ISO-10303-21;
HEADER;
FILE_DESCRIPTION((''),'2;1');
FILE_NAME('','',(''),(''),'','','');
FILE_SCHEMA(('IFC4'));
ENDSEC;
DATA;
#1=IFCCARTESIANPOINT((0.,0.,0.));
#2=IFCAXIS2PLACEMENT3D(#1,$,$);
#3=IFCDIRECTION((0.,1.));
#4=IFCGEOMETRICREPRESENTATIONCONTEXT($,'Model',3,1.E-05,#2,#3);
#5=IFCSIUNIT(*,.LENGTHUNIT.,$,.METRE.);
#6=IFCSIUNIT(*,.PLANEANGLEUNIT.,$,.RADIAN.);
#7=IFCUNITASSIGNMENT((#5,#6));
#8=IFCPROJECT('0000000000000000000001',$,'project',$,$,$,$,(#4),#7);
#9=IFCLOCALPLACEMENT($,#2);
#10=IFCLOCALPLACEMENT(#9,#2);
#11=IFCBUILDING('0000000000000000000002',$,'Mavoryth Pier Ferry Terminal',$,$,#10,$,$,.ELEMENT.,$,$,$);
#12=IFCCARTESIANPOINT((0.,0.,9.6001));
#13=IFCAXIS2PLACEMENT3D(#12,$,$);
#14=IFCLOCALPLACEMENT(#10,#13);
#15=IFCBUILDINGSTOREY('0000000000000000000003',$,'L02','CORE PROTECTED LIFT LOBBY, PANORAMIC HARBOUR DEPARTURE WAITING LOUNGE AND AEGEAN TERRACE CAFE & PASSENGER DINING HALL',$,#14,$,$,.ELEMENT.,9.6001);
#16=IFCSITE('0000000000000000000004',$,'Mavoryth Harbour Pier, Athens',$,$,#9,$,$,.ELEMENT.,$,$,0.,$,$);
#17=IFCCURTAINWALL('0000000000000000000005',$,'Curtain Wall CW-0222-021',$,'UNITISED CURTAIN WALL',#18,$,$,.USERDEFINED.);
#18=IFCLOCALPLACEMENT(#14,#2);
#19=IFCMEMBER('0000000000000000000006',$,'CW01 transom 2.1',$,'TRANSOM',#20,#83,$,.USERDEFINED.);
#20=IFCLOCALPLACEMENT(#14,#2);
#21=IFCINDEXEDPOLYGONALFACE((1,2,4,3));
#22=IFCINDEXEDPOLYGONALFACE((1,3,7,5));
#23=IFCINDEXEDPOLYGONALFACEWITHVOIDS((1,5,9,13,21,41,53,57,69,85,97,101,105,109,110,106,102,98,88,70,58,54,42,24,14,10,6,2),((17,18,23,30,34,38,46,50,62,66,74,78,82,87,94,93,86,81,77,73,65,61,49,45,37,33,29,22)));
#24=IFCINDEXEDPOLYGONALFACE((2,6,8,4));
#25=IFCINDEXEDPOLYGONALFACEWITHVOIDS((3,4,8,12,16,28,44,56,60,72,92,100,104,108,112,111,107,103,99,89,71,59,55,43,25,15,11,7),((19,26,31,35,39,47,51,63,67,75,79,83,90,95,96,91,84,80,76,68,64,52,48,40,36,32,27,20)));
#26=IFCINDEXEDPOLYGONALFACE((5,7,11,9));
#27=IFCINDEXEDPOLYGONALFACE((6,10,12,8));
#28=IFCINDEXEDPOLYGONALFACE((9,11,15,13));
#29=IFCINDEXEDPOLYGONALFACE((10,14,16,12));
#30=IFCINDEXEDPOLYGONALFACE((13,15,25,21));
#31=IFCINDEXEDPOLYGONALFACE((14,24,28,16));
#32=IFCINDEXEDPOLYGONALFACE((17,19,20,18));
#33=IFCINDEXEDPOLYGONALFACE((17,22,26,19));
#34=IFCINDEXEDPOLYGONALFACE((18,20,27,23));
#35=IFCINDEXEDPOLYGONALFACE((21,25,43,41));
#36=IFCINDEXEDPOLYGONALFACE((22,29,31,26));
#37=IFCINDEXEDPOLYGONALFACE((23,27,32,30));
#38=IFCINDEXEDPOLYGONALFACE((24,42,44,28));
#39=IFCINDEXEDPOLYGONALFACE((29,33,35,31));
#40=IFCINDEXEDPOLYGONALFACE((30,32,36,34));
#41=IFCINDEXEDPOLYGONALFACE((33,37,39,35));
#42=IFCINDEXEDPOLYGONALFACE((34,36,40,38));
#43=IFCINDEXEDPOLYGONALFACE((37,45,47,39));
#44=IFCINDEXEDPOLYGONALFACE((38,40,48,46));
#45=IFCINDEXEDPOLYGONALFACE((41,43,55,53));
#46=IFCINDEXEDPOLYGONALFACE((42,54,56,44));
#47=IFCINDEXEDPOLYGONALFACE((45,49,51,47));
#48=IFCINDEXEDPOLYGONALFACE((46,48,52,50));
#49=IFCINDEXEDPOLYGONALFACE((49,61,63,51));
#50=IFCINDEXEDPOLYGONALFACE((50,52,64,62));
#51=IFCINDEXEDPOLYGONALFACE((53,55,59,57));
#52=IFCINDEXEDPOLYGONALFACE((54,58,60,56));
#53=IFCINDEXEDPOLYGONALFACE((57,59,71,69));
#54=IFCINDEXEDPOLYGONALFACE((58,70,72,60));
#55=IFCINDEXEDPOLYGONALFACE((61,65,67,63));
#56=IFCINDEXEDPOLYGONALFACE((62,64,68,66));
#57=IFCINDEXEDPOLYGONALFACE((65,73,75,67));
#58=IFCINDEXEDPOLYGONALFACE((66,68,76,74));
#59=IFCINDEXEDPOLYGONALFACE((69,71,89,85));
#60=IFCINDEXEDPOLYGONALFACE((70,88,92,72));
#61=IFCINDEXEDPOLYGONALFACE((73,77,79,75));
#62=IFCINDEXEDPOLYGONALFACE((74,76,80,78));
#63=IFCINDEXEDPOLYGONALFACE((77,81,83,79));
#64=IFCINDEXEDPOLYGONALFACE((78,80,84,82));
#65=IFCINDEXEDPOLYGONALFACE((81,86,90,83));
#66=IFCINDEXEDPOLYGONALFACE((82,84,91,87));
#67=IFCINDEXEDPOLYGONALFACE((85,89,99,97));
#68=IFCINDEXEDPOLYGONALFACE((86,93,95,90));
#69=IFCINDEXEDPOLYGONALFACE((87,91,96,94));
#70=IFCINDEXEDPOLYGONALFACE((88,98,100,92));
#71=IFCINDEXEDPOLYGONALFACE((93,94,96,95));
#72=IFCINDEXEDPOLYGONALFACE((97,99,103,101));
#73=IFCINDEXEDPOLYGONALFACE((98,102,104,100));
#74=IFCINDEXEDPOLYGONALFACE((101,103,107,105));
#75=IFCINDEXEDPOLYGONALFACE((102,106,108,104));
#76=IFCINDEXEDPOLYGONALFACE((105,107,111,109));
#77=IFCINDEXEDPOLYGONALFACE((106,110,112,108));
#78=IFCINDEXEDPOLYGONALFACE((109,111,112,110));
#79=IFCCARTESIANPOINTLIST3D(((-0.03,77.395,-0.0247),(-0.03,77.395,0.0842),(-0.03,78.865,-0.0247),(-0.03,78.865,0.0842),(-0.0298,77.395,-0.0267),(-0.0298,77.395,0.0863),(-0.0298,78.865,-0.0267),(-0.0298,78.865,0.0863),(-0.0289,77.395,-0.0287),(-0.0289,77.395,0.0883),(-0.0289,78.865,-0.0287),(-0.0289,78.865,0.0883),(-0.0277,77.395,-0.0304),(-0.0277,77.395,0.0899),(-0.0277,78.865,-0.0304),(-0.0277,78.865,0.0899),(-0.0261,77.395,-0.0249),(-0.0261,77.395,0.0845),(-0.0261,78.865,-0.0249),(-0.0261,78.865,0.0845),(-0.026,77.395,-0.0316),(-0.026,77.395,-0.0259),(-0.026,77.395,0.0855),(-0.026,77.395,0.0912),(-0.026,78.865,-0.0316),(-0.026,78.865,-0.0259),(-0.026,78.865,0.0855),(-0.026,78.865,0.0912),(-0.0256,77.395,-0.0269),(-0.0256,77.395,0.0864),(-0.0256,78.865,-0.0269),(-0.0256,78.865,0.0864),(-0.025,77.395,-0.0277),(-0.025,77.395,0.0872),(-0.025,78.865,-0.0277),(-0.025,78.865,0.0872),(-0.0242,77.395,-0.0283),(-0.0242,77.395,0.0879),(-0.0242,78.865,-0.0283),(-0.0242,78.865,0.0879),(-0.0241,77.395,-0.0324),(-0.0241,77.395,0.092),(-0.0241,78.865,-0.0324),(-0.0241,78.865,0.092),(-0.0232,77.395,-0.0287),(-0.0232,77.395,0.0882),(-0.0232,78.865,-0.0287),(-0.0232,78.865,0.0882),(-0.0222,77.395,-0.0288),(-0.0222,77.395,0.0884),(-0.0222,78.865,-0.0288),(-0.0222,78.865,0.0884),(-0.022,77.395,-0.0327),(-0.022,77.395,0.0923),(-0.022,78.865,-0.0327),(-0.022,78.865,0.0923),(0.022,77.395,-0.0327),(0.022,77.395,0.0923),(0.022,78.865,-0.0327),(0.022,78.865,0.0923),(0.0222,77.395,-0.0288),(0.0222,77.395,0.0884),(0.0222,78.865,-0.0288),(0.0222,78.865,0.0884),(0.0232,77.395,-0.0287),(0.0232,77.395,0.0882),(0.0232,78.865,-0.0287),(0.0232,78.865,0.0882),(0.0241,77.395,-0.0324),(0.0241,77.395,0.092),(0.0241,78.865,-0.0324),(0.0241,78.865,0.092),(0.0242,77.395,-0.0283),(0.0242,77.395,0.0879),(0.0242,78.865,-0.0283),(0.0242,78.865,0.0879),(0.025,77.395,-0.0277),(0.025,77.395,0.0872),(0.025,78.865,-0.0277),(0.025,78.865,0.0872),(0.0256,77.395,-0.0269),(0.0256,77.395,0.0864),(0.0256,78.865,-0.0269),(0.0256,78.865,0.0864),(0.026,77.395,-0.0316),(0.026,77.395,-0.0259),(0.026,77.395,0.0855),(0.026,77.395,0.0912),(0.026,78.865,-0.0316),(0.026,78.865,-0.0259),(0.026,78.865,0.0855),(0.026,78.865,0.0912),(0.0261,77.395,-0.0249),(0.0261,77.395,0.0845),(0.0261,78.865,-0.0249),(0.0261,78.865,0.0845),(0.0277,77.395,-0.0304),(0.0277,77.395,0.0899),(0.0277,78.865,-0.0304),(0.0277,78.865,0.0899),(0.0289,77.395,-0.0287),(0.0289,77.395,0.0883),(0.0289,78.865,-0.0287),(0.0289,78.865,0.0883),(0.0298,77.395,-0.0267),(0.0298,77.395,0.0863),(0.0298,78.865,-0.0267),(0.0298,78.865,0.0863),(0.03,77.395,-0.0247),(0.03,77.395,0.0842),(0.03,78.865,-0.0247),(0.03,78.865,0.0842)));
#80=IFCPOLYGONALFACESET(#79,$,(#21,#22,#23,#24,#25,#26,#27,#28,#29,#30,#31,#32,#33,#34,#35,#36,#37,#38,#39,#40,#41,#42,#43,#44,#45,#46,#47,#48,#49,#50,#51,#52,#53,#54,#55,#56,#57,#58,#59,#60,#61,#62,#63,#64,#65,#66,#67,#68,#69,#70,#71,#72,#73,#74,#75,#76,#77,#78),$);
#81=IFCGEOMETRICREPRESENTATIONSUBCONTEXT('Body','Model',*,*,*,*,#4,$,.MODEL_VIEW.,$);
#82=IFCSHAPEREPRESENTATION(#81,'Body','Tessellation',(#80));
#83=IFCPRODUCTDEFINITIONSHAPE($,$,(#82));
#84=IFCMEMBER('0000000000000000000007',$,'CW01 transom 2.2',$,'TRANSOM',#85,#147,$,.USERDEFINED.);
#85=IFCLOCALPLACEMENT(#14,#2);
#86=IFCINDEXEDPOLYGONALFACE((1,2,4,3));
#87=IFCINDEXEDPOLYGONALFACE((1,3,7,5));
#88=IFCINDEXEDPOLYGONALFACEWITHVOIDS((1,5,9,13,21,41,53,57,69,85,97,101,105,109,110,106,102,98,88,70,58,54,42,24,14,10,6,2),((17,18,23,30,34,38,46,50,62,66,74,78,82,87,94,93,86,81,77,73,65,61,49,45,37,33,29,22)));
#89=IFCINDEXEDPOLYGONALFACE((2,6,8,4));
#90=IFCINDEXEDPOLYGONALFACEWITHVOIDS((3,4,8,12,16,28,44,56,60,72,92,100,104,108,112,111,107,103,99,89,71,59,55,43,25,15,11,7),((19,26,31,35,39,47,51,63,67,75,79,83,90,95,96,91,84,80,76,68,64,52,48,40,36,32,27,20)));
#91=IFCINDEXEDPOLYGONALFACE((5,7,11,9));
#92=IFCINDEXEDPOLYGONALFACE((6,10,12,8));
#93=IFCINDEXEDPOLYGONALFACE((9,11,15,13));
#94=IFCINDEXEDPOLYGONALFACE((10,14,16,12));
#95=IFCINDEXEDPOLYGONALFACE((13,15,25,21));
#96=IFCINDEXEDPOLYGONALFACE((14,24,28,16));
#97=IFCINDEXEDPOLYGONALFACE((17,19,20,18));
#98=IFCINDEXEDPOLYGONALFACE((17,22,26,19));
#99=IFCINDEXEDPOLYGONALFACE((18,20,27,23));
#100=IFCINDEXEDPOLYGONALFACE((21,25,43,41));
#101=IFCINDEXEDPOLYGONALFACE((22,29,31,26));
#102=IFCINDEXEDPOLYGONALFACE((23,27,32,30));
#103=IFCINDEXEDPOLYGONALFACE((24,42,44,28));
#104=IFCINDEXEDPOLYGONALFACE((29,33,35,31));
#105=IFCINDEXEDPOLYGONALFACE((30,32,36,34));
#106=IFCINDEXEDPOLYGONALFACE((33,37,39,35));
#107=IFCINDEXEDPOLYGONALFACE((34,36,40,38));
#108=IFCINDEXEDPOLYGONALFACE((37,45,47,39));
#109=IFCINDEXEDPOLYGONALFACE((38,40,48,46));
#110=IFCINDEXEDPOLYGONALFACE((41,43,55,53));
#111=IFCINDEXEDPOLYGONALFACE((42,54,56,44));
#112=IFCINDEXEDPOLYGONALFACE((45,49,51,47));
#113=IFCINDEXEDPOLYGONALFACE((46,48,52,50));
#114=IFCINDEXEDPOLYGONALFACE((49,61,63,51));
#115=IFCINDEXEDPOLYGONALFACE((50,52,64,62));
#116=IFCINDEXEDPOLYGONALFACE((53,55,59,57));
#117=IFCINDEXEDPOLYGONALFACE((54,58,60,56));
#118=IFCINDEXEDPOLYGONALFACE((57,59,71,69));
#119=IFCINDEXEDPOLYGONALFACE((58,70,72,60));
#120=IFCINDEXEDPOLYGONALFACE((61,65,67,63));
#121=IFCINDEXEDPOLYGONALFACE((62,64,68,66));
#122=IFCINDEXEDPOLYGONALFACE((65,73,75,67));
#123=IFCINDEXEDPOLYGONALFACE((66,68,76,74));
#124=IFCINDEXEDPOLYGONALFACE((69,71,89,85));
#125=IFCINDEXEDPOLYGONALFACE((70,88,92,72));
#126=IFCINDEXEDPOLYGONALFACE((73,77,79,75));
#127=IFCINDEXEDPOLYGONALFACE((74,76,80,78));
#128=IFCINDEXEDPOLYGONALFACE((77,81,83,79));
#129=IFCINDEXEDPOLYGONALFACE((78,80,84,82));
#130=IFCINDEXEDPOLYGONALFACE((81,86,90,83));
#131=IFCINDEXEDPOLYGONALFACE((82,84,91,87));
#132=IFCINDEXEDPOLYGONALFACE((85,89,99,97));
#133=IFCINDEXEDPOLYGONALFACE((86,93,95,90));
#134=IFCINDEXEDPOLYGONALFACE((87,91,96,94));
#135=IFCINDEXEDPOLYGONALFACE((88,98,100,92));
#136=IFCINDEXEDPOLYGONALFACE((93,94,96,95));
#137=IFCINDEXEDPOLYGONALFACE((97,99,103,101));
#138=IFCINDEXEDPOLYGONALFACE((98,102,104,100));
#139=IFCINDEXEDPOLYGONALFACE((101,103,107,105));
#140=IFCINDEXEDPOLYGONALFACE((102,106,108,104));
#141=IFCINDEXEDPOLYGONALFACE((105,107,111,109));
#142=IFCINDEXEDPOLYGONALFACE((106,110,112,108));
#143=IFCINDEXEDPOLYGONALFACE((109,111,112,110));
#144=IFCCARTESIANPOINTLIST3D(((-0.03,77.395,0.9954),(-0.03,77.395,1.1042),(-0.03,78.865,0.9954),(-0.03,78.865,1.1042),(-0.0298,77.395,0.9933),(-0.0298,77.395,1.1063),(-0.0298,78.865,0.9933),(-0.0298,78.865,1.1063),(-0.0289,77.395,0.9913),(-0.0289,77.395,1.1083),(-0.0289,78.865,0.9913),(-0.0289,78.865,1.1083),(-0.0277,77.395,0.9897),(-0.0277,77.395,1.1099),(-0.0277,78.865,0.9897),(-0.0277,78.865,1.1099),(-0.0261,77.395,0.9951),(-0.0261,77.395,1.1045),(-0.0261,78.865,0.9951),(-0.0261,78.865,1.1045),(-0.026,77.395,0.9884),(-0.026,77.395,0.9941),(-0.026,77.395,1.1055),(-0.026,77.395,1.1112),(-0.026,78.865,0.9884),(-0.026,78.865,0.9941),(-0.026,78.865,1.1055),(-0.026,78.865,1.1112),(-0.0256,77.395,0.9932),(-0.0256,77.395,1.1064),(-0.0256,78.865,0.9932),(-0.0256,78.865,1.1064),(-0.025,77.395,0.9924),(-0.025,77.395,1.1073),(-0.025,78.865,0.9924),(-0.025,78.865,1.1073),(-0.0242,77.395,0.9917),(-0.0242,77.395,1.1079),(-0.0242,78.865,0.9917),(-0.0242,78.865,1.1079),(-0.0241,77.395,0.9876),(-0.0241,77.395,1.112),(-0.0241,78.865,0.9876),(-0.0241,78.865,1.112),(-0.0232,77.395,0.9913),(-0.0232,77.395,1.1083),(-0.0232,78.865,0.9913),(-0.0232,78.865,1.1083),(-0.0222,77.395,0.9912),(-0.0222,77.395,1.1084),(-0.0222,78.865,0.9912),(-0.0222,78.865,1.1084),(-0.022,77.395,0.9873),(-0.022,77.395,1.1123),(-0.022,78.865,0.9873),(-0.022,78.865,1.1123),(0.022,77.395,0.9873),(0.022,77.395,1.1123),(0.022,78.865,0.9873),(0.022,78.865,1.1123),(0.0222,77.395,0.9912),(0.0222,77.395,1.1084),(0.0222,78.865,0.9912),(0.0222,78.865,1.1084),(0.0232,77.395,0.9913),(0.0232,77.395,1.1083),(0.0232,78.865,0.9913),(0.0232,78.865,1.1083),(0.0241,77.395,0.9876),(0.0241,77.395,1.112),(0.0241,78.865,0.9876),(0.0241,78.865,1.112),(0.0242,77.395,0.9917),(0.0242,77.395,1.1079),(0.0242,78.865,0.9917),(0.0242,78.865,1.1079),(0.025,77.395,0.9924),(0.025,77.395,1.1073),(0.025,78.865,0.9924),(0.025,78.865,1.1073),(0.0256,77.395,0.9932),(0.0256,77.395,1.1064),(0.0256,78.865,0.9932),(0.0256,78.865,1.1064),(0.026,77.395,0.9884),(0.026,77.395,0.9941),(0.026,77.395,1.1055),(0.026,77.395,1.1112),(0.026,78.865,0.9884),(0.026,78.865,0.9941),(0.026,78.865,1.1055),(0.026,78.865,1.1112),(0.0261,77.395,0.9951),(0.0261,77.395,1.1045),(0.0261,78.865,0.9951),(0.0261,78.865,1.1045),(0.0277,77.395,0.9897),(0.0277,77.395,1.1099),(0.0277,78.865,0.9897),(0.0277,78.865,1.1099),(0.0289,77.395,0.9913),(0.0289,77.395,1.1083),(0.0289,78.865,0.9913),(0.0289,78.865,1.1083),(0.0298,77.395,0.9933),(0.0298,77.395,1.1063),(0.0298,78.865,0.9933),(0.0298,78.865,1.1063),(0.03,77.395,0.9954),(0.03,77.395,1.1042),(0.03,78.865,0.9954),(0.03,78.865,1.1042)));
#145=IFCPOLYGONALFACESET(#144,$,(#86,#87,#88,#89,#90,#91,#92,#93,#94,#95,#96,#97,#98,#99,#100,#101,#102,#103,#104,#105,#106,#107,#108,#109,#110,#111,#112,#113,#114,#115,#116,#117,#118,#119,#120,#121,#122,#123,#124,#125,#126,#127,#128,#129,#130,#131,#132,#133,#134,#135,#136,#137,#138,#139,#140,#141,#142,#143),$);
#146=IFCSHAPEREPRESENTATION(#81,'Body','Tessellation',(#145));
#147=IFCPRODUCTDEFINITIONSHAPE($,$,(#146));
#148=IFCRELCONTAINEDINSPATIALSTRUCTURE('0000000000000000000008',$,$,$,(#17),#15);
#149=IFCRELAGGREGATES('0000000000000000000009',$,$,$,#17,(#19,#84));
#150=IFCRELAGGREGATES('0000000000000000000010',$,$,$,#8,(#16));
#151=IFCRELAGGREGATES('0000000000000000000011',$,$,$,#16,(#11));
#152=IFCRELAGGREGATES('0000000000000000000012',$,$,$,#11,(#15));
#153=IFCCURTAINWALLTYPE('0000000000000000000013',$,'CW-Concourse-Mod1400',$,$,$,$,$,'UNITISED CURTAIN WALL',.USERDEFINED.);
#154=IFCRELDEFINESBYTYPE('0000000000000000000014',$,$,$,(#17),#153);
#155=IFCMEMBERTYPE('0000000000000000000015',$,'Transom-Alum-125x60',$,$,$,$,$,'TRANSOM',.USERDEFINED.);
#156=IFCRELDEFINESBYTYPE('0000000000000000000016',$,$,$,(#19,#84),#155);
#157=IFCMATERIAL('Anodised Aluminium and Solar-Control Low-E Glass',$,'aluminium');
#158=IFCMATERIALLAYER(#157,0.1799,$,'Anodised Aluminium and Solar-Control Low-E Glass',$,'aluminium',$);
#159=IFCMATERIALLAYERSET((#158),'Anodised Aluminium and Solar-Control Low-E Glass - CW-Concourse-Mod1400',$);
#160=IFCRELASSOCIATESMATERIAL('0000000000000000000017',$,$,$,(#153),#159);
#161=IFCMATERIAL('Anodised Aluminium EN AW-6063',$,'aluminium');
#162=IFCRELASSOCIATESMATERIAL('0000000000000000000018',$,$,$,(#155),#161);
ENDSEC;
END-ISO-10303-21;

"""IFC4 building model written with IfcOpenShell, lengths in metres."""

from ifc_helpers import new_model, si_unit, direction, frame, origin, origin_2d, place, context, subcontext, project, spatial, hollow_rectangle, extrude, material, layer, layer_set, material_profile, profile_set, type_object, element, aggregate, save


model = new_model("IFC4")

# Units and contexts
model_context = context("Model", 3, precision=1e-05, world=origin(), true_north=direction((0.0, 1.0)))
body_context = subcontext(model_context, "Body", "Model", "MODEL_VIEW")
ifc_project = project(units=[si_unit("LENGTHUNIT", "METRE"), si_unit("PLANEANGLEUNIT", "RADIAN")], contexts=[model_context])

# Site, building, storey
site_placement = place(None, origin())
site = spatial("IfcSite", under=ifc_project, at=site_placement, Name="Mavoryth Harbour Pier, Athens", CompositionType="ELEMENT", RefElevation=0.0)
building_placement = place(site_placement, origin())
building = spatial("IfcBuilding", under=site, at=building_placement, Name="Mavoryth Pier Ferry Terminal", CompositionType="ELEMENT")
storey_placement = place(building_placement, frame((0.0, 0.0, 9.6001)))
storey = spatial("IfcBuildingStorey", under=building, at=storey_placement, Name="L02", Description="CORE PROTECTED LIFT LOBBY, PANORAMIC HARBOUR DEPARTURE WAITING LOUNGE AND AEGEAN TERRACE CAFE & PASSENGER DINING HALL", CompositionType="ELEMENT", Elevation=9.6001)

# Curtain wall
ifc_material_1 = material(Name="Anodised Aluminium and Solar-Control Low-E Glass", Category="aluminium")
ifc_layer_1 = layer(ifc_material_1, 0.1799, Name="Anodised Aluminium and Solar-Control Low-E Glass", Category="aluminium")
ifc_layer_set_1 = layer_set([ifc_layer_1], Name="Anodised Aluminium and Solar-Control Low-E Glass - CW-Concourse-Mod1400")
curtain_wall_type = type_object("IfcCurtainWallType", Name="CW-Concourse-Mod1400", ElementType="UNITISED CURTAIN WALL", PredefinedType="USERDEFINED", material=ifc_layer_set_1)
curtain_wall_placement = place(storey_placement, origin())
curtain_wall = element("IfcCurtainWall", 1, at=curtain_wall_placement, inside=storey, type_object=curtain_wall_type, Name="Curtain Wall CW-0222-021", ObjectType="UNITISED CURTAIN WALL", PredefinedType="USERDEFINED")
ifc_material_2 = material(Name="Anodised Aluminium EN AW-6063", Category="aluminium")

# Members
ifc_material_profile_1 = material_profile(ifc_material_2, hollow_rectangle(XDim=0.0601, YDim=0.125, WallThickness=0.0039, InnerFilletRadius=0.0039, OuterFilletRadius=0.0081, at=origin_2d()), Name="AL-TRAN 125x60x4", Category="aluminium")
ifc_profile_set_1 = profile_set([ifc_material_profile_1], Name="Anodised Aluminium EN AW-6063 - AL-TRAN 125x60x4")
member_type_1 = type_object("IfcMemberType", Name="Transom-Alum-125x60", ElementType="TRANSOM", PredefinedType="USERDEFINED", material=ifc_profile_set_1)
member_1_placement = place(storey_placement, frame((0.0, 78.865, 0.0298), z_axis=(0.0, -1.0, 0.0), x_axis=(1.0, 0.0, 0.0)))
member_1 = element("IfcMember", 2, at=member_1_placement, type_object=member_type_1, Name="CW01 transom 2.1", ObjectType="TRANSOM", PredefinedType="USERDEFINED", context=body_context, shape_type="SweptSolid", body=[
    extrude(hollow_rectangle(XDim=0.0601, YDim=0.125, WallThickness=0.0039, InnerFilletRadius=0.0039, OuterFilletRadius=0.0081, at=origin_2d()), origin(), (0.0, 0.0, 1.0), 1.47),
])
member_2_placement = place(storey_placement, frame((0.0, 78.865, 1.0498), z_axis=(0.0, -1.0, 0.0), x_axis=(1.0, 0.0, 0.0)))
member_2 = element("IfcMember", 3, at=member_2_placement, type_object=member_type_1, Name="CW01 transom 2.2", ObjectType="TRANSOM", PredefinedType="USERDEFINED", context=body_context, shape_type="SweptSolid", body=[
    extrude(hollow_rectangle(XDim=0.0601, YDim=0.125, WallThickness=0.0039, InnerFilletRadius=0.0039, OuterFilletRadius=0.0081, at=origin_2d()), origin(), (0.0, 0.0, 1.0), 1.47),
])

aggregate(curtain_wall, [member_1, member_2])

save(model, "model.ifc")
